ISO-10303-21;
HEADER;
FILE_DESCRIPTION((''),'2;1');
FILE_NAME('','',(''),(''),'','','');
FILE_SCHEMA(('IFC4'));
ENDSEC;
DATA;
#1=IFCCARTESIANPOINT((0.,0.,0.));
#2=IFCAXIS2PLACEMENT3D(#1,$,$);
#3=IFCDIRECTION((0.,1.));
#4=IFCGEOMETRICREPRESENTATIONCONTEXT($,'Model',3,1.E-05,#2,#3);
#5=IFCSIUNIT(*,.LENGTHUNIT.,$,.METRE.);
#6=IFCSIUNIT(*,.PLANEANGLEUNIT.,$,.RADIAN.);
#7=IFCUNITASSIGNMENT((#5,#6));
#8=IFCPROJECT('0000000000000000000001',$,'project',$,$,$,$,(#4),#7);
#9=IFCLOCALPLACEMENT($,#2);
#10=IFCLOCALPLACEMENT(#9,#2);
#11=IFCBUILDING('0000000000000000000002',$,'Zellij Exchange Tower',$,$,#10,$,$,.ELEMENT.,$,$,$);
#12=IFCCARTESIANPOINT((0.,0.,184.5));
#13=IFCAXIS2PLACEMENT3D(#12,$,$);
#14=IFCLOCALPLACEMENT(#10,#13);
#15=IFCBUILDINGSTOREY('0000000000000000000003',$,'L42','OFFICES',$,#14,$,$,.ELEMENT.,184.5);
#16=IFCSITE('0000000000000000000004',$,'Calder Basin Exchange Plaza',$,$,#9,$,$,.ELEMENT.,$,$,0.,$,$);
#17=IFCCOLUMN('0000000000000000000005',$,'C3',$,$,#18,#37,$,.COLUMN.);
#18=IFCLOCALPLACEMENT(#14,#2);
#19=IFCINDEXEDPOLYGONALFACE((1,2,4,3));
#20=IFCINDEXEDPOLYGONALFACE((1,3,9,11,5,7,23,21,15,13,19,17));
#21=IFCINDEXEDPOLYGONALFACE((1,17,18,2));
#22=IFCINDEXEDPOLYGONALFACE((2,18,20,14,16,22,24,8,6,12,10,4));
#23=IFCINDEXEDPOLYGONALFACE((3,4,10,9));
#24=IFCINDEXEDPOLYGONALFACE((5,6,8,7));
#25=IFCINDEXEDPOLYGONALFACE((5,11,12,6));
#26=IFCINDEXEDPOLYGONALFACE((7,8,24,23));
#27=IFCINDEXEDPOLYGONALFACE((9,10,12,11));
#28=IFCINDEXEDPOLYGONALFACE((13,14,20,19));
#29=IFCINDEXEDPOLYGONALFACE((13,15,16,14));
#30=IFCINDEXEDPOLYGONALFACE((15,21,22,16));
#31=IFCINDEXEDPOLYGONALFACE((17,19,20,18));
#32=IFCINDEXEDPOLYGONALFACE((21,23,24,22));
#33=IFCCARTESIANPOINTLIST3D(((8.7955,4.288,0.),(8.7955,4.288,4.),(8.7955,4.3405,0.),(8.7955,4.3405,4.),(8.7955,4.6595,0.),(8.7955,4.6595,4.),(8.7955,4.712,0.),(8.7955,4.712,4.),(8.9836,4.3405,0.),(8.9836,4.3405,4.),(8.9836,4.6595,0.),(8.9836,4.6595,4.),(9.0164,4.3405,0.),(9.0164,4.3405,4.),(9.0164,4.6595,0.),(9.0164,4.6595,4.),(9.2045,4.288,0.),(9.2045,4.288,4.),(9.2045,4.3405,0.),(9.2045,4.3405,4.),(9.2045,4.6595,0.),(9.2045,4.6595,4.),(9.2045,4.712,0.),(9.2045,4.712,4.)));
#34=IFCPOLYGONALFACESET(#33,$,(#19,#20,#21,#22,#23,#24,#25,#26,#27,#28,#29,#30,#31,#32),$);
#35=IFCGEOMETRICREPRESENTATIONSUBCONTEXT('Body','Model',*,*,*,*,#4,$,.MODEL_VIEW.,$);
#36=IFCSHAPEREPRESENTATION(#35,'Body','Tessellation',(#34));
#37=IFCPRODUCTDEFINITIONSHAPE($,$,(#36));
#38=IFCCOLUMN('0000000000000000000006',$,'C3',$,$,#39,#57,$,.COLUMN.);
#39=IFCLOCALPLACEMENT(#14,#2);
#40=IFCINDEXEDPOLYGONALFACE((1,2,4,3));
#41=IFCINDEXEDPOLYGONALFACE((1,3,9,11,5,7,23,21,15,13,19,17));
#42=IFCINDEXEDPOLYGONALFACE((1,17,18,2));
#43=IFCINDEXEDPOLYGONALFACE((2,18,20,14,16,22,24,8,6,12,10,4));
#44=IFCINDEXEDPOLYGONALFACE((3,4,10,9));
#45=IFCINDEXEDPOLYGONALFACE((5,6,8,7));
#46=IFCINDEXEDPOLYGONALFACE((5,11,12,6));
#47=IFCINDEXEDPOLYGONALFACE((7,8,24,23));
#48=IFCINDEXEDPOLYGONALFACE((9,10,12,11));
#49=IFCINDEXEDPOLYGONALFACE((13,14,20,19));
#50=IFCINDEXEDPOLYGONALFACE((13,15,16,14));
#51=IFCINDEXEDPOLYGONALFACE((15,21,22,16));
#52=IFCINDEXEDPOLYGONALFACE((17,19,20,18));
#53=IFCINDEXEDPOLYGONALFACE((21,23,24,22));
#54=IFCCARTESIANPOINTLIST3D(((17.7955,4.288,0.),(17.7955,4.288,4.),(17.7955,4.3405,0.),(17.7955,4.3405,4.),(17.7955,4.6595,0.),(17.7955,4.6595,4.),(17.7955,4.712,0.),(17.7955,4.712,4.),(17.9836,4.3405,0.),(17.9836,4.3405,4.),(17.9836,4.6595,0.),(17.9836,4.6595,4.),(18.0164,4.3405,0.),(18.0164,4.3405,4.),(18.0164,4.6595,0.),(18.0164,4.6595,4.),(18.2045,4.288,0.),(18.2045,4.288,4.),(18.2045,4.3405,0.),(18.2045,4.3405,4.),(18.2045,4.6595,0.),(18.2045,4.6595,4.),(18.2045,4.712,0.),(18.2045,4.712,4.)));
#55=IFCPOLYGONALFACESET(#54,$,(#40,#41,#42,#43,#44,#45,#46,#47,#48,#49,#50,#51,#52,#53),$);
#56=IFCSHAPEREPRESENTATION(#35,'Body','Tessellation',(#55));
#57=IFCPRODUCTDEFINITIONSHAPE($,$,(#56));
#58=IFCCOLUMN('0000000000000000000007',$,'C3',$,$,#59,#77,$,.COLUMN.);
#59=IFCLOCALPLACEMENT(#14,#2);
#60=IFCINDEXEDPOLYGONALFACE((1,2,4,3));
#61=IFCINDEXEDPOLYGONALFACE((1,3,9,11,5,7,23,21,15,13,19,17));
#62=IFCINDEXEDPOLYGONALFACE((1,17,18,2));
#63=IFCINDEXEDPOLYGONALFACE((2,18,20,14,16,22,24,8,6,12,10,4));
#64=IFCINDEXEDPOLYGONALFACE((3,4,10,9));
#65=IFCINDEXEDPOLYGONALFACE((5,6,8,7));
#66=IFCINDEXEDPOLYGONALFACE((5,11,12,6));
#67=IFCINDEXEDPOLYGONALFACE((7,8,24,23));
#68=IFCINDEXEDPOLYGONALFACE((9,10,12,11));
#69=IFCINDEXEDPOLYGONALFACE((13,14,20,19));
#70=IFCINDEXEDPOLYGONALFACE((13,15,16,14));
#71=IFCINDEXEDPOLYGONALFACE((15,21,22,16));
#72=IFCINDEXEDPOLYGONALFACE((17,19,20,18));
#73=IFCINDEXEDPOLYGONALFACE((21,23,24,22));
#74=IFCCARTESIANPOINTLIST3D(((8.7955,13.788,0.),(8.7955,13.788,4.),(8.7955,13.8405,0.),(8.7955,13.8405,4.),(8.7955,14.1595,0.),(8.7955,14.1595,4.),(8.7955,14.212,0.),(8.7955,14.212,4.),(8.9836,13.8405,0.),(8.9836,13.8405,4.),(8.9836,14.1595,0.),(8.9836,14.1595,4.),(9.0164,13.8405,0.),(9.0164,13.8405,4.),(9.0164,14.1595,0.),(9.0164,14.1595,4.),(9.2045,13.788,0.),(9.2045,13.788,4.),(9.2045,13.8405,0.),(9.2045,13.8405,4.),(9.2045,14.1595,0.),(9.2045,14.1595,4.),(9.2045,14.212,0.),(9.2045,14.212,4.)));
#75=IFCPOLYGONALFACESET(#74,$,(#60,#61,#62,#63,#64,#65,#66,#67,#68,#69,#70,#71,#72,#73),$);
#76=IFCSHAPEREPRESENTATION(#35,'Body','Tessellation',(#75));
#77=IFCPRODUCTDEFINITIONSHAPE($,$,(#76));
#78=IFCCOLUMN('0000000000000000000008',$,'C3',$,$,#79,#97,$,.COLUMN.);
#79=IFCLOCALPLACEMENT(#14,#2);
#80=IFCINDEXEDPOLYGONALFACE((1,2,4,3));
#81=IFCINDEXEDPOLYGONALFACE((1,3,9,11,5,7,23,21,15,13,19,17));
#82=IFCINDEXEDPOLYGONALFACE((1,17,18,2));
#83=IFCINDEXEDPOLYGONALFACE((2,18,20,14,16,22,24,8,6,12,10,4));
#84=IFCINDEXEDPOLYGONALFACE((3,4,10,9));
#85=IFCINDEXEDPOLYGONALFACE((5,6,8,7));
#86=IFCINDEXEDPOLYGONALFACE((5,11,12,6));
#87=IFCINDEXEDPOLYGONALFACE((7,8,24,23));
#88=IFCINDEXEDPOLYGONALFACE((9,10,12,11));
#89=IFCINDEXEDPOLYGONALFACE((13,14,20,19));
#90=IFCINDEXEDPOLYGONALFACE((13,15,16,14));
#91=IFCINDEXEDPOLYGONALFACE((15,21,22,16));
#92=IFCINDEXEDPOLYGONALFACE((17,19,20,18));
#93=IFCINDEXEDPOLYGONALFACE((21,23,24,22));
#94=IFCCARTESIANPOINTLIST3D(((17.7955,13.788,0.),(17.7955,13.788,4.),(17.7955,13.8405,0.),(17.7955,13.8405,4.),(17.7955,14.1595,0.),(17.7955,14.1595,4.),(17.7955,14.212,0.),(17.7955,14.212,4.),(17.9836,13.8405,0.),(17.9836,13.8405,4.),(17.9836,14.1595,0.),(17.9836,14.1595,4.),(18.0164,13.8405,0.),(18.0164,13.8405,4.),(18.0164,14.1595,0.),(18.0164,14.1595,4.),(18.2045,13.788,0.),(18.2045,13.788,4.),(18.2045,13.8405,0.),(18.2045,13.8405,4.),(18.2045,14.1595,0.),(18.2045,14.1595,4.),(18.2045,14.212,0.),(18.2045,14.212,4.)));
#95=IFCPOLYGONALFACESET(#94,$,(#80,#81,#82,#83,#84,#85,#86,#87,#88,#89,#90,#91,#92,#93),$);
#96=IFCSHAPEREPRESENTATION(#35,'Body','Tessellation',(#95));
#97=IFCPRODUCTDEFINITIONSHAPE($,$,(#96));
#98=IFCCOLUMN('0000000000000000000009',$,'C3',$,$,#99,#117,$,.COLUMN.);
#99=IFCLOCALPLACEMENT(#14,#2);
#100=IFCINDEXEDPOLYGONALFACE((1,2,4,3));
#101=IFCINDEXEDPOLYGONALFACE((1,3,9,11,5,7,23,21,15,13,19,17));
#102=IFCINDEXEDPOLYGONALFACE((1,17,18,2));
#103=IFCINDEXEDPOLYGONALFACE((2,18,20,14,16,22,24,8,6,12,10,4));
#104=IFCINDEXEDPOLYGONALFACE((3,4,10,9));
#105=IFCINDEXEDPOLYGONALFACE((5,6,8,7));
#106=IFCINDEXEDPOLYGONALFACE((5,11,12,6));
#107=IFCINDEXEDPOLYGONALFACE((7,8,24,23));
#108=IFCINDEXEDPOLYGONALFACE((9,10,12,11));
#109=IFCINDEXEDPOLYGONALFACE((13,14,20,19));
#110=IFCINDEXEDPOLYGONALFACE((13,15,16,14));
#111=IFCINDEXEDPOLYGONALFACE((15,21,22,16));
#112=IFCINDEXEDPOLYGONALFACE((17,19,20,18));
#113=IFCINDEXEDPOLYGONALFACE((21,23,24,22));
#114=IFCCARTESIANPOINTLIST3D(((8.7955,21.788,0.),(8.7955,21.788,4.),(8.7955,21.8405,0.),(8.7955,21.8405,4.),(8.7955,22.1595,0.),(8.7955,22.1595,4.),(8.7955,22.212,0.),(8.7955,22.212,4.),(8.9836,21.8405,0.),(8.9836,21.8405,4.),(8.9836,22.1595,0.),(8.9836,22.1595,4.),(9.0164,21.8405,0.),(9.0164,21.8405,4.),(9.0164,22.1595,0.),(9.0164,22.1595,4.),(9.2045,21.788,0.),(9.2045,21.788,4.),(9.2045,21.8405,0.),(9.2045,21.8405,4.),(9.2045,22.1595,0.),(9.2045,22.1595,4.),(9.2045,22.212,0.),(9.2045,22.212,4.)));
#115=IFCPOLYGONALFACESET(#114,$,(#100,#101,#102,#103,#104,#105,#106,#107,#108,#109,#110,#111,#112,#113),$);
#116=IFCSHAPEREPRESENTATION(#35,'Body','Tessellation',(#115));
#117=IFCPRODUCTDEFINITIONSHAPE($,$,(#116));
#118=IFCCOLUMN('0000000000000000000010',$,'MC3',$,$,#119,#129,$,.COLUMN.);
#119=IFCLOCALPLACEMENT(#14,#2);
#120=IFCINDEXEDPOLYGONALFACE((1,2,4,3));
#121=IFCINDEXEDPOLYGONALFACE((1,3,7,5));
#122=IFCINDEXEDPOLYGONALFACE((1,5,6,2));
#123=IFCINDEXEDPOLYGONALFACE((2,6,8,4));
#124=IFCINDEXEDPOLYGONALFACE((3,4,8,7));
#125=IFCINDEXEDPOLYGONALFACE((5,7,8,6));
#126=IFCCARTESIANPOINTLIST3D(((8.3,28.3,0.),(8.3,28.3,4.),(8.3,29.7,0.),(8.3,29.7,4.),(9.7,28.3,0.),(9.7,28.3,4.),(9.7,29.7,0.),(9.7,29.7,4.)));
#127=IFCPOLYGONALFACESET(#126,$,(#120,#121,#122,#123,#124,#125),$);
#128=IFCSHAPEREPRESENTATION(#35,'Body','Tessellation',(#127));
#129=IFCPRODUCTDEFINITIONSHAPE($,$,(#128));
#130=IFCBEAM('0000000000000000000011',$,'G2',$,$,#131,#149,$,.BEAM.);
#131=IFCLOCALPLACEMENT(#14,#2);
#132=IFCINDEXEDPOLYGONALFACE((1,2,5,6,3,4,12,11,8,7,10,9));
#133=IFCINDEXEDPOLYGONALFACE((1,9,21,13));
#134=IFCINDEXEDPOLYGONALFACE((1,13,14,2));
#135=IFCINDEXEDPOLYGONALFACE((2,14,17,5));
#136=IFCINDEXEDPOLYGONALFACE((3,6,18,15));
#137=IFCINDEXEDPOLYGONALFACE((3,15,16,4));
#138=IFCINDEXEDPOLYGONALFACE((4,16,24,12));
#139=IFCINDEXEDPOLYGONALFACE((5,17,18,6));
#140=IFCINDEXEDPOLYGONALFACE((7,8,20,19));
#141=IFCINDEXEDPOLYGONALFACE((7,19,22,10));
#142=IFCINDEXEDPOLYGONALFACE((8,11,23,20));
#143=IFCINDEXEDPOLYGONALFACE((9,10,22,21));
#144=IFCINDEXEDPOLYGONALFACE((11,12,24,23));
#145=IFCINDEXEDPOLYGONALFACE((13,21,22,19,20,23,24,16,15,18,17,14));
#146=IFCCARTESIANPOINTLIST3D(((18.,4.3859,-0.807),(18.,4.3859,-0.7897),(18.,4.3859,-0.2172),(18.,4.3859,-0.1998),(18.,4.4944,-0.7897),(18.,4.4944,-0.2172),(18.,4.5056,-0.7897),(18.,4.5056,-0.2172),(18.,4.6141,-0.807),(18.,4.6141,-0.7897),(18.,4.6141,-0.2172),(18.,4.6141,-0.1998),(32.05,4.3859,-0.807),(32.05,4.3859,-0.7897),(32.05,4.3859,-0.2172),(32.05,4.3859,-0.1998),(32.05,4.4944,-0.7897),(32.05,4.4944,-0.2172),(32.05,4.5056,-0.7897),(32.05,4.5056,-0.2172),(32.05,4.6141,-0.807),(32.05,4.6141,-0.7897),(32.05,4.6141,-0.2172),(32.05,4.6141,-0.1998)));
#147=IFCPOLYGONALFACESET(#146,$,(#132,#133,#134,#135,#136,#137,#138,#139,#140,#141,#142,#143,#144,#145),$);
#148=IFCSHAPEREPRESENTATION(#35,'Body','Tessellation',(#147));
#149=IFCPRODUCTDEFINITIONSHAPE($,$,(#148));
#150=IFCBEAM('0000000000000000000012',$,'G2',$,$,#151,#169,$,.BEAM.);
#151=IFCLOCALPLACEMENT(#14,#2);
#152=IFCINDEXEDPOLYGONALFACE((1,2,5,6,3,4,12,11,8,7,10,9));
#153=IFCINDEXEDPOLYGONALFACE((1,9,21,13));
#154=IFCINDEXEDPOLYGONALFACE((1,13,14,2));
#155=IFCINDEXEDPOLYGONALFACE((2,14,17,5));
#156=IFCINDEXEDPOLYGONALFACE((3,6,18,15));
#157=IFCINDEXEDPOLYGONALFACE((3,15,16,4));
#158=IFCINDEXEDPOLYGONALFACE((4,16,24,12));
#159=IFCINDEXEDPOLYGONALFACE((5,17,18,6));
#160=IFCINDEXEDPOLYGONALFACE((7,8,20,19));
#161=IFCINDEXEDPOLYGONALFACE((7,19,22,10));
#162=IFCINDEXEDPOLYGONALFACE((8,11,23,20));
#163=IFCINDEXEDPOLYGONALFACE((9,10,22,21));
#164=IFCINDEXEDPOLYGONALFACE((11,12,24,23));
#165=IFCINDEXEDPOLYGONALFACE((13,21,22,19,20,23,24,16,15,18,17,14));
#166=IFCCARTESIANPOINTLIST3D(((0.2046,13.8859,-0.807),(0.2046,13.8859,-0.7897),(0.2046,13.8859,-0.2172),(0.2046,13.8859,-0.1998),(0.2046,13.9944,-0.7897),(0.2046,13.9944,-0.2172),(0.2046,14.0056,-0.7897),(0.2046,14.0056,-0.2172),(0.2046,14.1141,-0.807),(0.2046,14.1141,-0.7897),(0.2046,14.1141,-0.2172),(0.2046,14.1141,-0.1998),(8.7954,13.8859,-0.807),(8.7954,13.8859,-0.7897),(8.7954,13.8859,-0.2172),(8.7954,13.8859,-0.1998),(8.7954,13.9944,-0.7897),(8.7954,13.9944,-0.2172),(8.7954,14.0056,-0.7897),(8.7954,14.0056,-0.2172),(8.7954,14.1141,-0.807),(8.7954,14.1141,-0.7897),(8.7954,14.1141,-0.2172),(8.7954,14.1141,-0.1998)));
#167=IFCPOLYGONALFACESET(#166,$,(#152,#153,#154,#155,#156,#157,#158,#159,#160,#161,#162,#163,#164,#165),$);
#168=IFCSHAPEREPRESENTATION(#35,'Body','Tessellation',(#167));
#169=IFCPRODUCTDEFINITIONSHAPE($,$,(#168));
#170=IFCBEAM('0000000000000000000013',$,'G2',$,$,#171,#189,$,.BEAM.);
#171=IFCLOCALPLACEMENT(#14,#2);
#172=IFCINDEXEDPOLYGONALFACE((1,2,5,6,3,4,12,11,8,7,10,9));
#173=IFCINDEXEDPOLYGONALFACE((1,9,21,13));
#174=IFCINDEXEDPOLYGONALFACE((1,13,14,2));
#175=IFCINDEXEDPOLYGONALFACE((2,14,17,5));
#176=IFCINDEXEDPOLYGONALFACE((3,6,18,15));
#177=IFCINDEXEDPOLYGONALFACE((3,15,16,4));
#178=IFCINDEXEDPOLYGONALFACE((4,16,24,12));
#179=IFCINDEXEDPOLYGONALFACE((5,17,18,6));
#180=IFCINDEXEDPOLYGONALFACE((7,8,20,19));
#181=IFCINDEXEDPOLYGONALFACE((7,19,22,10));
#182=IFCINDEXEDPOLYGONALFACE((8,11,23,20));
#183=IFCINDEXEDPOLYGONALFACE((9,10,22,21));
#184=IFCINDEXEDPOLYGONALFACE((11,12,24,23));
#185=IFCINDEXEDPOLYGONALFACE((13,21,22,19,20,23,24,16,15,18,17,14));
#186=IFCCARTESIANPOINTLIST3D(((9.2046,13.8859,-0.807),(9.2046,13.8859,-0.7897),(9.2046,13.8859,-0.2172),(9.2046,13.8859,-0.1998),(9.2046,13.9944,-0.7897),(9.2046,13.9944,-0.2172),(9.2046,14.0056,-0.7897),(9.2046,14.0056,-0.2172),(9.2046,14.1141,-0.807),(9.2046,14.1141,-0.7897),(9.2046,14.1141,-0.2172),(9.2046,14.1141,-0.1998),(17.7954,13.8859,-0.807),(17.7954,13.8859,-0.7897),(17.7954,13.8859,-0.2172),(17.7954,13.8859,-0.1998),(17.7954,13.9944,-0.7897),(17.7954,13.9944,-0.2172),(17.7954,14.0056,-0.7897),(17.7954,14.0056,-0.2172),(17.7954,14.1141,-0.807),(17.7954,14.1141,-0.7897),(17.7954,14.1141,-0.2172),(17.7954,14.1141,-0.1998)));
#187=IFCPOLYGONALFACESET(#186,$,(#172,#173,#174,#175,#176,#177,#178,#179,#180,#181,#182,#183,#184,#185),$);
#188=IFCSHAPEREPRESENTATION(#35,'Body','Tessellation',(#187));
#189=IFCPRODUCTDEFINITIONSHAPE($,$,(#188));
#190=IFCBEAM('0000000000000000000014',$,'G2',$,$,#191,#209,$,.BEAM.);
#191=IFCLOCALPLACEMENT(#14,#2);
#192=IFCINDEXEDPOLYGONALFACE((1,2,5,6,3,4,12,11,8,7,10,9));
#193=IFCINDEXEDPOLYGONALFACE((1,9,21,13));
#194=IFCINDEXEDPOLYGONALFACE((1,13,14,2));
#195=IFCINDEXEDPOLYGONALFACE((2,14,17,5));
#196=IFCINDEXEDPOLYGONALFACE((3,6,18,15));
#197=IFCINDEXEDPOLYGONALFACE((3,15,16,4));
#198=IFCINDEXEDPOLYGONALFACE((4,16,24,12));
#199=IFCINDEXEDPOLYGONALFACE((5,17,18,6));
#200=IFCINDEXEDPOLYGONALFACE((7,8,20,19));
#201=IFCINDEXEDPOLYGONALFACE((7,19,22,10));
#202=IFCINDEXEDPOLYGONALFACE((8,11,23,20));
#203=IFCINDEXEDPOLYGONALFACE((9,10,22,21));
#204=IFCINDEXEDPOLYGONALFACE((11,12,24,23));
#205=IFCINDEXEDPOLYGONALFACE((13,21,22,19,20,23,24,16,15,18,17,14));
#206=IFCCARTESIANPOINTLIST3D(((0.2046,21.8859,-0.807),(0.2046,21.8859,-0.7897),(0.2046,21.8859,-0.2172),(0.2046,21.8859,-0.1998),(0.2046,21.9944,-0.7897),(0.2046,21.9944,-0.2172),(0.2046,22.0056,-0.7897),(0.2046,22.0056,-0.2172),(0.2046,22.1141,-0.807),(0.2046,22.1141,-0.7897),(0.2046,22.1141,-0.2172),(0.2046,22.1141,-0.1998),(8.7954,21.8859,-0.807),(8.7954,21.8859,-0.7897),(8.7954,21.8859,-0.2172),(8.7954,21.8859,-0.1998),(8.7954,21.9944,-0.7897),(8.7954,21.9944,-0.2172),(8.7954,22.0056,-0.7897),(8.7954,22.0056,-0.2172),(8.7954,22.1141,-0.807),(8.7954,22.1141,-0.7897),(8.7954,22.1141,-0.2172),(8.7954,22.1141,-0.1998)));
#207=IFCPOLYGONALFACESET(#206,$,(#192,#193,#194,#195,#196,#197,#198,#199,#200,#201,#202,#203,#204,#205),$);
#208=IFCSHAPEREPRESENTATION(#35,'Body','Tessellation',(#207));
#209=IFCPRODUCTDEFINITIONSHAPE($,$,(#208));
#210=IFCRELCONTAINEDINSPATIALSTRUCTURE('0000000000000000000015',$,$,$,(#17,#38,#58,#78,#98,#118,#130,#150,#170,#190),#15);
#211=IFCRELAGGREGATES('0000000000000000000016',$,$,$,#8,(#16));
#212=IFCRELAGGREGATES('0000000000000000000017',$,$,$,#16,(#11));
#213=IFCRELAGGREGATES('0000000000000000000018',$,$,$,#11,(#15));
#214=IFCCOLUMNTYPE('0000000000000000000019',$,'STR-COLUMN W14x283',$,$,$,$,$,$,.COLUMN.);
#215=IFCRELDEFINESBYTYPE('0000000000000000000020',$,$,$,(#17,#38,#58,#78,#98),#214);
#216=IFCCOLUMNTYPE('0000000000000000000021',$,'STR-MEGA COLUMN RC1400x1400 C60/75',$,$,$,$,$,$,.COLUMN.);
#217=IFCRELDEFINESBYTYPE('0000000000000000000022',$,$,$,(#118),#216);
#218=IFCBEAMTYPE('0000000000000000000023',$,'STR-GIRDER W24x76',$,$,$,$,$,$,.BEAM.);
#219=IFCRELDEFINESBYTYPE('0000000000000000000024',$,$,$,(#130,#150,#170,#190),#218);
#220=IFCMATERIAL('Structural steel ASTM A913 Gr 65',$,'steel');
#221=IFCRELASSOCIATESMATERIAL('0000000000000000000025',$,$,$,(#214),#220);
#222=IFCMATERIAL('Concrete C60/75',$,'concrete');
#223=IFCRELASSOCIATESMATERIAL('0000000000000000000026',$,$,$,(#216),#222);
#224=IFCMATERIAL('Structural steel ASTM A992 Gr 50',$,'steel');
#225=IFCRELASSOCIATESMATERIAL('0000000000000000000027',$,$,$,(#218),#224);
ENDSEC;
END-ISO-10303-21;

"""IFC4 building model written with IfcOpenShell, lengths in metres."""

from ifc_helpers import new_model, si_unit, direction, frame, origin, origin_2d, place, context, subcontext, project, spatial, rectangle, i_section, extrude, material, material_profile, profile_set, type_object, element, save


model = new_model("IFC4")

# Units and contexts
model_context = context("Model", 3, precision=1e-05, world=origin(), true_north=direction((0.0, 1.0)))
body_context = subcontext(model_context, "Body", "Model", "MODEL_VIEW")
ifc_project = project(units=[si_unit("LENGTHUNIT", "METRE"), si_unit("PLANEANGLEUNIT", "RADIAN")], contexts=[model_context])

# Site, building, storey
site_placement = place(None, origin())
site = spatial("IfcSite", under=ifc_project, at=site_placement, Name="Calder Basin Exchange Plaza", CompositionType="ELEMENT", RefElevation=0.0)
building_placement = place(site_placement, origin())
building = spatial("IfcBuilding", under=site, at=building_placement, Name="Zellij Exchange Tower", CompositionType="ELEMENT")
storey_placement = place(building_placement, frame((0.0, 0.0, 184.5)))
storey = spatial("IfcBuildingStorey", under=building, at=storey_placement, Name="L42", Description="OFFICES", CompositionType="ELEMENT", Elevation=184.5)

# Columns
ifc_material_1 = material(Name="Structural steel ASTM A913 Gr 65", Category="steel")
ifc_material_profile_1 = material_profile(ifc_material_1, i_section(OverallWidth=0.4089, OverallDepth=0.4241, WebThickness=0.0327, FlangeThickness=0.0525, at=origin_2d()), Name="W14x283")
ifc_profile_set_1 = profile_set([ifc_material_profile_1], Name="Structural steel ASTM A913 Gr 65")
column_type_1 = type_object("IfcColumnType", Name="STR-COLUMN W14x283", PredefinedType="COLUMN", material=ifc_profile_set_1)
for number, where, z_axis, x_axis, name in (
    (1, (9.0, 4.5, 0.0), (0.0, 0.0, 1.0), (1.0, 0.0, 0.0), "C3"),
    (2, (18.0, 4.5, 0.0), (0.0, 0.0, 1.0), (1.0, 0.0, 0.0), "C3"),
    (3, (9.0, 14.0, 0.0), (0.0, 0.0, 1.0), (1.0, 0.0, 0.0), "C3"),
    (4, (18.0, 14.0, 0.0), (0.0, 0.0, 1.0), (1.0, 0.0, 0.0), "C3"),
    (5, (9.0, 22.0, 0.0), (0.0, 0.0, 1.0), (1.0, 0.0, 0.0), "C3"),
):
    element("IfcColumn", number, at=place(storey_placement, frame(where, z_axis=z_axis, x_axis=x_axis)), inside=storey, type_object=column_type_1, Name=name, PredefinedType="COLUMN", context=body_context, shape_type="SweptSolid", body=[
        extrude(i_section(OverallWidth=0.4089, OverallDepth=0.4241, WebThickness=0.0327, FlangeThickness=0.0525, at=origin_2d()), origin(), (0.0, 0.0, 1.0), 4.0),
    ])
ifc_material_2 = material(Name="Concrete C60/75", Category="concrete")
ifc_material_profile_2 = material_profile(ifc_material_2, rectangle(XDim=1.3999, YDim=1.3999, at=origin_2d()), Name="STR-MEGA COLUMN RC1400x1400 C60/75")
ifc_profile_set_2 = profile_set([ifc_material_profile_2], Name="Concrete C60/75")
column_type_2 = type_object("IfcColumnType", Name="STR-MEGA COLUMN RC1400x1400 C60/75", PredefinedType="COLUMN", material=ifc_profile_set_2)
column_placement = place(storey_placement, frame((9.0, 29.0, 0.0), z_axis=(0.0, 0.0, 1.0), x_axis=(1.0, 0.0, 0.0)))
element("IfcColumn", 6, at=column_placement, inside=storey, type_object=column_type_2, Name="MC3", PredefinedType="COLUMN", context=body_context, shape_type="SweptSolid", body=[
    extrude(rectangle(XDim=1.3999, YDim=1.3999, at=origin_2d()), origin(), (0.0, 0.0, 1.0), 4.0),
])

# Beams
ifc_material_3 = material(Name="Structural steel ASTM A992 Gr 50", Category="steel")
ifc_material_profile_3 = material_profile(ifc_material_3, i_section(OverallWidth=0.2283, OverallDepth=0.6072, WebThickness=0.0112, FlangeThickness=0.0173, at=origin_2d()), Name="W24x76")
ifc_profile_set_3 = profile_set([ifc_material_profile_3], Name="Structural steel ASTM A992 Gr 50")
beam_type = type_object("IfcBeamType", Name="STR-GIRDER W24x76", PredefinedType="BEAM", material=ifc_profile_set_3)
beam_1_placement = place(storey_placement, frame((18.0, 4.5, -0.5034), z_axis=(1.0, 0.0, 0.0), x_axis=(0.0, 1.0, 0.0)))
element("IfcBeam", 7, at=beam_1_placement, inside=storey, type_object=beam_type, Name="G2", PredefinedType="BEAM", context=body_context, shape_type="SweptSolid", body=[
    extrude(i_section(OverallWidth=0.2283, OverallDepth=0.6072, WebThickness=0.0112, FlangeThickness=0.0173, at=origin_2d()), origin(), (0.0, 0.0, 1.0), 14.05),
])
for number, where, z_axis, x_axis, name in (
    (8, (0.2046, 14.0, -0.5034), (1.0, 0.0, 0.0), (0.0, 1.0, 0.0), "G2"),
    (9, (9.2046, 14.0, -0.5034), (1.0, 0.0, 0.0), (0.0, 1.0, 0.0), "G2"),
    (10, (0.2046, 22.0, -0.5034), (1.0, 0.0, 0.0), (0.0, 1.0, 0.0), "G2"),
):
    element("IfcBeam", number, at=place(storey_placement, frame(where, z_axis=z_axis, x_axis=x_axis)), inside=storey, type_object=beam_type, Name=name, PredefinedType="BEAM", context=body_context, shape_type="SweptSolid", body=[
        extrude(i_section(OverallWidth=0.2283, OverallDepth=0.6072, WebThickness=0.0112, FlangeThickness=0.0173, at=origin_2d()), origin(), (0.0, 0.0, 1.0), 8.5908),
    ])

save(model, "model.ifc")
